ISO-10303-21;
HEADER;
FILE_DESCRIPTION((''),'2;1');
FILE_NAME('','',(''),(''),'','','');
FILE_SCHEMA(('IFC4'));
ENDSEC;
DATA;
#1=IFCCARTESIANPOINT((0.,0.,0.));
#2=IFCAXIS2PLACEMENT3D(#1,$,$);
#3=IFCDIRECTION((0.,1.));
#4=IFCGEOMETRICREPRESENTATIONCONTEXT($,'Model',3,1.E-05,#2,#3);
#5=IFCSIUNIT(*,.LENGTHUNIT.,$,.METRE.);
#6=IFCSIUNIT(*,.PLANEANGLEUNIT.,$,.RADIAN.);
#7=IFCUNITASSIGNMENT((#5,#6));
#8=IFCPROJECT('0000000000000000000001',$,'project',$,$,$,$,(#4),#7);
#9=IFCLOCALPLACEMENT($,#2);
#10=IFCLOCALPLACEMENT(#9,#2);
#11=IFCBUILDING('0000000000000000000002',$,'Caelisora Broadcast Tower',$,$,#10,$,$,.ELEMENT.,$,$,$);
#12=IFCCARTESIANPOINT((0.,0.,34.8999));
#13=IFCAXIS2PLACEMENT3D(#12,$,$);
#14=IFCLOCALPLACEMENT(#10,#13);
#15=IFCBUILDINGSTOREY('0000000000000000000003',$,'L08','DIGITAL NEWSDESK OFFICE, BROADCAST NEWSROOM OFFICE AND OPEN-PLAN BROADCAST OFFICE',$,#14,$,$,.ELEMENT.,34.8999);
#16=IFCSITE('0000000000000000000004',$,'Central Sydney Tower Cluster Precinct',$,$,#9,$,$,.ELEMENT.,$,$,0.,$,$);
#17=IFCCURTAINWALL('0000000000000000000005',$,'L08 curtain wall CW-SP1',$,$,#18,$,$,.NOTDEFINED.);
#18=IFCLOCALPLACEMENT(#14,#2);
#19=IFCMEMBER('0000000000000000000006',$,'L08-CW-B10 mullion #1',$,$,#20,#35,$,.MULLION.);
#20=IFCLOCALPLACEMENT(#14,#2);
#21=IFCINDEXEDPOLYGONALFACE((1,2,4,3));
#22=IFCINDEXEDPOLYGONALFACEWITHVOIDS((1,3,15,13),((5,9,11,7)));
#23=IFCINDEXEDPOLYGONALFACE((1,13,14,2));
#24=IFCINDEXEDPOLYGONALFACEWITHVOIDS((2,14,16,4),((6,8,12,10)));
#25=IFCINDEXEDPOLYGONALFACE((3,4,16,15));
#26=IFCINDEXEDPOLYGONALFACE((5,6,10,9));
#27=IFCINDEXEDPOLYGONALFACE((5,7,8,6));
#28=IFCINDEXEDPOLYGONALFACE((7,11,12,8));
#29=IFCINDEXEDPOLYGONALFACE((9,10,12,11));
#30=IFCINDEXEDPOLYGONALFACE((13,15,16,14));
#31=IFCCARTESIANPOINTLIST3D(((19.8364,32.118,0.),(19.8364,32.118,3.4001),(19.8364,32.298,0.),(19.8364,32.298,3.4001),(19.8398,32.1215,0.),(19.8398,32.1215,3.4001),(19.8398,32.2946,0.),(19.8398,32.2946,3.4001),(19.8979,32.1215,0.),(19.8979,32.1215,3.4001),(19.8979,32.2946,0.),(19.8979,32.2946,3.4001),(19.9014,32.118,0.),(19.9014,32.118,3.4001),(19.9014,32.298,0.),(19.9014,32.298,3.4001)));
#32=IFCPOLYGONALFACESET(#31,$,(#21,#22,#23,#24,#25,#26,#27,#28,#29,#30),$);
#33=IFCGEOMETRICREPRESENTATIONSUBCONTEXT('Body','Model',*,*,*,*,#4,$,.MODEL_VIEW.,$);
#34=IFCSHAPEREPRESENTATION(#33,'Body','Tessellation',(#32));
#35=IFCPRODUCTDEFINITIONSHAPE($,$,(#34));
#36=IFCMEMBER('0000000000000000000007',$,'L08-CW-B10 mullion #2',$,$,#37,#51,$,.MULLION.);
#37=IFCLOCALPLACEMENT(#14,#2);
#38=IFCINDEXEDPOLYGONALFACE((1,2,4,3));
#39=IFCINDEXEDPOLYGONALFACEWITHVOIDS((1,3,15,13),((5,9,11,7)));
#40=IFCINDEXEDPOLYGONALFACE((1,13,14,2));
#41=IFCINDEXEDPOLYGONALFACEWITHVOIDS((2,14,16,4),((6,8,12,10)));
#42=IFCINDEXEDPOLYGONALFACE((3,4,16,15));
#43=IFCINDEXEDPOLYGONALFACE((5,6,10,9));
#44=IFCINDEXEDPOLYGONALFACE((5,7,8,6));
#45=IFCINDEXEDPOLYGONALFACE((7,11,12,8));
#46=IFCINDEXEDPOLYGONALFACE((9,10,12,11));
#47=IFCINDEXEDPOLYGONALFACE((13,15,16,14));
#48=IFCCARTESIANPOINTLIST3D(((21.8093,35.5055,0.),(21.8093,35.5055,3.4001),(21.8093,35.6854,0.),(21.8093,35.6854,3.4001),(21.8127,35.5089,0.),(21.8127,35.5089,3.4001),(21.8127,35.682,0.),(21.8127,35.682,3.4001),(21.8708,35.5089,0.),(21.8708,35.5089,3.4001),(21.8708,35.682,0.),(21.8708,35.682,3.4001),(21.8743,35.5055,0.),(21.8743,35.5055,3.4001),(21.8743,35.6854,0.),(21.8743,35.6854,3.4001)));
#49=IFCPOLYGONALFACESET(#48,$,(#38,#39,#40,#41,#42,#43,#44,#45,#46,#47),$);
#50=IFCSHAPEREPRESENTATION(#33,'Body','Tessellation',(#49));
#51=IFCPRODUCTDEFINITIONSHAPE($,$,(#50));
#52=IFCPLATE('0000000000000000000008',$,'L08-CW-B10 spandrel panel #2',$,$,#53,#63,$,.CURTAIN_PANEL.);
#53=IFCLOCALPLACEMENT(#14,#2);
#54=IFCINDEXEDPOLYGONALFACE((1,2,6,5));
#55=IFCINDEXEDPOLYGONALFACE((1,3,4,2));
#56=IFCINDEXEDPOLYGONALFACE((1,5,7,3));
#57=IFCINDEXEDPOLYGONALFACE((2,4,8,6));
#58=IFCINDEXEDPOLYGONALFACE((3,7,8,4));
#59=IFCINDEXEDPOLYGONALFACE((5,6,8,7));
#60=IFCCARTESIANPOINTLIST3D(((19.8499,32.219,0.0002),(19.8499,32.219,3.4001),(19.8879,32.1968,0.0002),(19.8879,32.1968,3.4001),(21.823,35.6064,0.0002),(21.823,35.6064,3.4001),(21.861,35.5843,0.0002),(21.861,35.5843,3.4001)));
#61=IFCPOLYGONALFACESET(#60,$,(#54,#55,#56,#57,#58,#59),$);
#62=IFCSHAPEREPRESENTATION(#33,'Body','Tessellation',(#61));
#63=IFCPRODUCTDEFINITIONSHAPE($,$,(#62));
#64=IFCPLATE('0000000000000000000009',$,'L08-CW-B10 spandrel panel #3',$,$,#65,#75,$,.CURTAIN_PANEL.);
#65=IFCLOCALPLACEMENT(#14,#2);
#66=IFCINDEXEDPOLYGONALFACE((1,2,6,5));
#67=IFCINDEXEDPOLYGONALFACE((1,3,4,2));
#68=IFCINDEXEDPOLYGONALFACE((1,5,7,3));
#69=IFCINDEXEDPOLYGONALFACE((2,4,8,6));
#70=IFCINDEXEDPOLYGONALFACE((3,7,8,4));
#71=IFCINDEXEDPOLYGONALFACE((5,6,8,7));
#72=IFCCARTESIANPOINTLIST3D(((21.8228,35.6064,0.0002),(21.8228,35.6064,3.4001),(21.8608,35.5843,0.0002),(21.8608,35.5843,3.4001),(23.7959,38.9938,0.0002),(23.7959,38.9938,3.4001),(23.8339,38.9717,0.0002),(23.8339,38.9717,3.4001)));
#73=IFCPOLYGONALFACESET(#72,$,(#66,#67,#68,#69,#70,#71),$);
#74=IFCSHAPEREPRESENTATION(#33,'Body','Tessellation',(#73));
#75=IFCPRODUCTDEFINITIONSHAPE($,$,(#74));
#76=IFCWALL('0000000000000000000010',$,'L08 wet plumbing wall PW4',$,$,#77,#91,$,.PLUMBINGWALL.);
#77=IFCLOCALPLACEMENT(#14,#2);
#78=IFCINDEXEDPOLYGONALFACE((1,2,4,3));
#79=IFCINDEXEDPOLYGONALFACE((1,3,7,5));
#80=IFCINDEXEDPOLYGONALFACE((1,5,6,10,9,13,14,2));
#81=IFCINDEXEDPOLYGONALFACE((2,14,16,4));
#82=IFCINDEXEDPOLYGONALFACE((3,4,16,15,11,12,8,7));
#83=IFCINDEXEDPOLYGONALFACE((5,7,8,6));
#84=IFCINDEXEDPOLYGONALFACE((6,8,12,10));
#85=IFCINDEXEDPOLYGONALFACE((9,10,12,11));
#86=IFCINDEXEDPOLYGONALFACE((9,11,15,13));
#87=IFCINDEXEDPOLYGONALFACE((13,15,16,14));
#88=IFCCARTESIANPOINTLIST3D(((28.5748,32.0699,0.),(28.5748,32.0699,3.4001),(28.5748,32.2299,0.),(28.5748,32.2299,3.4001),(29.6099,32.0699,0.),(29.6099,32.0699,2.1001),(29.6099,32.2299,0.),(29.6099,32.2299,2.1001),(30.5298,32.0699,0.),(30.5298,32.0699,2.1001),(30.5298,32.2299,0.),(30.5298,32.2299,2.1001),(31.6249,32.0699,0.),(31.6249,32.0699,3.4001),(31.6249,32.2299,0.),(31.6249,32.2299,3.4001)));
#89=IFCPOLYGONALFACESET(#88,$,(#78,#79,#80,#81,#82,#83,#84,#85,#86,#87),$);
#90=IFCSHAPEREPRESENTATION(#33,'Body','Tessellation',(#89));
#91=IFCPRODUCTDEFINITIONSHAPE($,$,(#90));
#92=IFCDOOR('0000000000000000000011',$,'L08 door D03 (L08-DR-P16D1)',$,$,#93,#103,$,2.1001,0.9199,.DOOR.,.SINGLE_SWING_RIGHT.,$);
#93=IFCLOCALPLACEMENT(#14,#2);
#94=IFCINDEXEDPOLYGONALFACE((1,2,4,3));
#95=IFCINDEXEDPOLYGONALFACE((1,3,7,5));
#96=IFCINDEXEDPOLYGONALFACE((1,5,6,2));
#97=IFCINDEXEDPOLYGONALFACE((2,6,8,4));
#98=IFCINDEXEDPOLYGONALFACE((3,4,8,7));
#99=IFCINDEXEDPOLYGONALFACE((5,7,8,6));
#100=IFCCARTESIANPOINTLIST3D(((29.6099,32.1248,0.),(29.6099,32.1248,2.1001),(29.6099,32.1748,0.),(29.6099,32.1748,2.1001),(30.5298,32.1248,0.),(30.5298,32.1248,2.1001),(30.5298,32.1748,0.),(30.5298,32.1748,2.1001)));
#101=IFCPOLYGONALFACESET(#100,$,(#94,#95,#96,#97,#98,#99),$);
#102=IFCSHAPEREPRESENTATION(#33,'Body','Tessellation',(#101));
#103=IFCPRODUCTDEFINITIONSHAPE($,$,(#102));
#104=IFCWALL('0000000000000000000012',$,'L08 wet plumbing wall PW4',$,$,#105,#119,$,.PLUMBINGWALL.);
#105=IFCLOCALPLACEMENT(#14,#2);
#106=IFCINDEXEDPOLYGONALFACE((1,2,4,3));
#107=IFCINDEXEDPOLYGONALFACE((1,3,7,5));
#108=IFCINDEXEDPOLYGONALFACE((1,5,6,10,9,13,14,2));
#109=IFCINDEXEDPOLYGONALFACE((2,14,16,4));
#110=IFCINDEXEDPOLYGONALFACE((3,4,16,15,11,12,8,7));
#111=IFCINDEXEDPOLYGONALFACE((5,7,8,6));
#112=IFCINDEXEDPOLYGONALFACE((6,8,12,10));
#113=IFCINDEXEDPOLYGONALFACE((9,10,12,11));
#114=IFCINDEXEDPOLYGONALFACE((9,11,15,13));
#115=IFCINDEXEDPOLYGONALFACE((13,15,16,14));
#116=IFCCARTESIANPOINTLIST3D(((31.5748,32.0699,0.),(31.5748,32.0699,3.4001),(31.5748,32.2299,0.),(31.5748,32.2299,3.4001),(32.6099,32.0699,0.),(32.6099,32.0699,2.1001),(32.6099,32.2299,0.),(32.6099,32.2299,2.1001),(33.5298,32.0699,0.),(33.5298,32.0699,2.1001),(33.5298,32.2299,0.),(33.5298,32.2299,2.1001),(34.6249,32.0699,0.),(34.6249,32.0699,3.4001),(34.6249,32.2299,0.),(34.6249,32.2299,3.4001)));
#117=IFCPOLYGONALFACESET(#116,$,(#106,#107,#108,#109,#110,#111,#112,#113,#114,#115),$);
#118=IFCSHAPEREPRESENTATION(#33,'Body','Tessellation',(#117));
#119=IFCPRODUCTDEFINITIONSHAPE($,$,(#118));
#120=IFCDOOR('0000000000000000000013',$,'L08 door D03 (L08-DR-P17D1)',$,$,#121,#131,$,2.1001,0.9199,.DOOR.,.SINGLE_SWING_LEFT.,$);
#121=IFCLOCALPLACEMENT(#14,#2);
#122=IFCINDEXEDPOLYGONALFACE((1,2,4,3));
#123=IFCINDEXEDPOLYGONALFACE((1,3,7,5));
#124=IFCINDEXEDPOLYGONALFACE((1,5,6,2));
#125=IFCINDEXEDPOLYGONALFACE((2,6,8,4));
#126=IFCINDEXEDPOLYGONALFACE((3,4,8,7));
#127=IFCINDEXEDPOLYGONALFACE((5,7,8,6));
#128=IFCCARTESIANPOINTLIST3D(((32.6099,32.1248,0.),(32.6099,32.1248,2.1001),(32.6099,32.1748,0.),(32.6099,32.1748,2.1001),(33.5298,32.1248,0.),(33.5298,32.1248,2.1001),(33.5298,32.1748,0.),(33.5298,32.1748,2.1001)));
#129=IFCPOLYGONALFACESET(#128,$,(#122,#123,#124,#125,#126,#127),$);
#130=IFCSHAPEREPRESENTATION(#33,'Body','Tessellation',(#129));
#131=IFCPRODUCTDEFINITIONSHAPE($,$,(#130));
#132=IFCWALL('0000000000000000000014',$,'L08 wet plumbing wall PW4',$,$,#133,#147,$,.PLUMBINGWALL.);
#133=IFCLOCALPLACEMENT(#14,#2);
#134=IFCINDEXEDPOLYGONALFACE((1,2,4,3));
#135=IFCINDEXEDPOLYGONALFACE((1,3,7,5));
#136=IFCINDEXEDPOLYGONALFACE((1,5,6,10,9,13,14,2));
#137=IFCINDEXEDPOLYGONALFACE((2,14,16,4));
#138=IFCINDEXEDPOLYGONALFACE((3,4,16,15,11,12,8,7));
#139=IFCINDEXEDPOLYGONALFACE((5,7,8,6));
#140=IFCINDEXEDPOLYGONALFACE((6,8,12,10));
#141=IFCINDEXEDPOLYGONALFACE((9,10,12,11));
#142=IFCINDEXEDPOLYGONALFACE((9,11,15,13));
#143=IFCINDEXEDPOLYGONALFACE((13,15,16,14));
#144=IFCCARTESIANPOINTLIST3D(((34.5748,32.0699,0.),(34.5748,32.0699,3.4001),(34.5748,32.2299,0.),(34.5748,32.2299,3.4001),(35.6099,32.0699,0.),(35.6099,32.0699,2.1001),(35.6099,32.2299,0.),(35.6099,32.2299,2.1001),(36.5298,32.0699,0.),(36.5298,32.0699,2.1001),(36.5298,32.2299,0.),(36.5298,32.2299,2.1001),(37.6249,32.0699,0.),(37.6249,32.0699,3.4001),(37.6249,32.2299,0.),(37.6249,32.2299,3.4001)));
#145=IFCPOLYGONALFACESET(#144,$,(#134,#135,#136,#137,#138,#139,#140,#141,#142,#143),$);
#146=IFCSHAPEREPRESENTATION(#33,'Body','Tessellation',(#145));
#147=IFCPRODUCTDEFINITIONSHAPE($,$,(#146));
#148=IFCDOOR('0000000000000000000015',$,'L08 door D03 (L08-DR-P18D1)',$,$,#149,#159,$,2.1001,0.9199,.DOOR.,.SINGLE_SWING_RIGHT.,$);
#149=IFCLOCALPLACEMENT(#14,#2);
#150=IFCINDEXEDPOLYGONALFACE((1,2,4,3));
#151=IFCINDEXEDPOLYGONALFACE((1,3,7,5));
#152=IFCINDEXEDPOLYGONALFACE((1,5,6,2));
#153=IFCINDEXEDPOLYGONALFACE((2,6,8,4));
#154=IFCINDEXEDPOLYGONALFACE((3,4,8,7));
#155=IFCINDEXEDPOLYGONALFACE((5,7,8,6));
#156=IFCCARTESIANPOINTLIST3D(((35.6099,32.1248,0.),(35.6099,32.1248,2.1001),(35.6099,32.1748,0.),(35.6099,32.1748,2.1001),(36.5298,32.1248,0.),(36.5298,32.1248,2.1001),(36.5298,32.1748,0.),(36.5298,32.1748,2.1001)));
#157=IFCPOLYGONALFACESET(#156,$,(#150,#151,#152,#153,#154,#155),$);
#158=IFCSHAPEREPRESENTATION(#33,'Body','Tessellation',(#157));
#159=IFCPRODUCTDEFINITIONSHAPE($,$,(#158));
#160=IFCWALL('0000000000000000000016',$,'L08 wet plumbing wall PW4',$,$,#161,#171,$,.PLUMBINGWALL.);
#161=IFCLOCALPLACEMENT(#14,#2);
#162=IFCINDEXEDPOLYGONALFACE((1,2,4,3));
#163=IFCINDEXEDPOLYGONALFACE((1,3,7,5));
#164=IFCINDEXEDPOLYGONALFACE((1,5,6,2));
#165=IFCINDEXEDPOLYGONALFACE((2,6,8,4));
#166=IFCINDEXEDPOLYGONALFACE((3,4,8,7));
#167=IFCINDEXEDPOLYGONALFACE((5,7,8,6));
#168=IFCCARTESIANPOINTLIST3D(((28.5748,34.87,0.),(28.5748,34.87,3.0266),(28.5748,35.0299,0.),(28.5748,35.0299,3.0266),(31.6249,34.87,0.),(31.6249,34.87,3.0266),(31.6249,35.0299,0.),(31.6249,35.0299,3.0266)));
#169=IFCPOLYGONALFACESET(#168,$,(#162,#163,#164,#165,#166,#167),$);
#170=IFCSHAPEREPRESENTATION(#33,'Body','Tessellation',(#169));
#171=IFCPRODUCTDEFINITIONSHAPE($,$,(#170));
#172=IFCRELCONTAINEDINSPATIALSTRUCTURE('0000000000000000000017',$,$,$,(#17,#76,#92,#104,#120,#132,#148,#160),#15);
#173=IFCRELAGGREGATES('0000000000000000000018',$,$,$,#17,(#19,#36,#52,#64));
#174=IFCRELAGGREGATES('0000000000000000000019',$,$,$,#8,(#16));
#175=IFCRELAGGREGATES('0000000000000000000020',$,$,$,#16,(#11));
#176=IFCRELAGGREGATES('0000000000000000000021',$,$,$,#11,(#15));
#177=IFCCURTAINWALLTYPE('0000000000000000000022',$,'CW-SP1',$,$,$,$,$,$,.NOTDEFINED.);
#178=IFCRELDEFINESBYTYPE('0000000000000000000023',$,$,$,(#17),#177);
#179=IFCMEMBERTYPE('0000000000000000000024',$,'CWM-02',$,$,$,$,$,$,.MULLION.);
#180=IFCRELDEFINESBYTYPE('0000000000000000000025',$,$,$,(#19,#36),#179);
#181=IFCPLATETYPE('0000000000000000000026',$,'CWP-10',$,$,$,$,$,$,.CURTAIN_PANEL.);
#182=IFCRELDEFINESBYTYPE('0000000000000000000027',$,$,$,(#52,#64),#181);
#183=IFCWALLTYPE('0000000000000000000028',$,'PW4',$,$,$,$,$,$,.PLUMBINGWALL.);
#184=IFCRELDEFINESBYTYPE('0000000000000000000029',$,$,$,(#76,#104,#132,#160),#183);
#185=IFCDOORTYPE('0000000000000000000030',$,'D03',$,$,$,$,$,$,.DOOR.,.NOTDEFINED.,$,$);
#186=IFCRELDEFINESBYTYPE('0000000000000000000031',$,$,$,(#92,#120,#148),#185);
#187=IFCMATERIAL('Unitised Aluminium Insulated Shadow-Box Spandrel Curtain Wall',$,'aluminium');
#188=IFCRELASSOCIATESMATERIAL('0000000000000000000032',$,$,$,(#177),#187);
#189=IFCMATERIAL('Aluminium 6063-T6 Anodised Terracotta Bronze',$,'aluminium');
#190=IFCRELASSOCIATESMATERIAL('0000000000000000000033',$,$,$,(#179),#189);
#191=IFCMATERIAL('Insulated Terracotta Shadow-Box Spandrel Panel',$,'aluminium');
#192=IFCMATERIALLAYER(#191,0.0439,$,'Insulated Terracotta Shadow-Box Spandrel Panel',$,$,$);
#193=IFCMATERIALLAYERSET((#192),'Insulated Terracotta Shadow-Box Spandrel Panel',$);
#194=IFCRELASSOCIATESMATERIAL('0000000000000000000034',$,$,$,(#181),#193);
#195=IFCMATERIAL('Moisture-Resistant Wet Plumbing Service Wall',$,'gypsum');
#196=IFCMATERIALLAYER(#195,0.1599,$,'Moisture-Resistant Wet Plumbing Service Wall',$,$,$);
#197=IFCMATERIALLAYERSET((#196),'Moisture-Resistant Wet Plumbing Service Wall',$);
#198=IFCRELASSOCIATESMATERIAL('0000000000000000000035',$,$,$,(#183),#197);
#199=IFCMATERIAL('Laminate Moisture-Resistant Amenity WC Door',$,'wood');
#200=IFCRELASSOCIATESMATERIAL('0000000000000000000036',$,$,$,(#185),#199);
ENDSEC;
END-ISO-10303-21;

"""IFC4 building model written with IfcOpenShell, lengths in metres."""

from ifc_helpers import new_model, si_unit, direction, frame, frame_2d, origin, origin_2d, place, context, subcontext, project, spatial, rectangle, hollow_rectangle, extrude, source, transform, mapped, material, layer, layer_set, material_profile, profile_set, type_object, type_shapes, element, fill, aggregate, save


model = new_model("IFC4")

# Units and contexts
model_context = context("Model", 3, precision=1e-05, world=origin(), true_north=direction((0.0, 1.0)))
body_context = subcontext(model_context, "Body", "Model", "MODEL_VIEW")
ifc_project = project(units=[si_unit("LENGTHUNIT", "METRE"), si_unit("PLANEANGLEUNIT", "RADIAN")], contexts=[model_context])

# Site, building, storey
site_placement = place(None, origin())
site = spatial("IfcSite", under=ifc_project, at=site_placement, Name="Central Sydney Tower Cluster Precinct", CompositionType="ELEMENT", RefElevation=0.0)
building_placement = place(site_placement, origin())
building = spatial("IfcBuilding", under=site, at=building_placement, Name="Caelisora Broadcast Tower", CompositionType="ELEMENT")
storey_placement = place(building_placement, frame((0.0, 0.0, 34.8999)))
storey = spatial("IfcBuildingStorey", under=building, at=storey_placement, Name="L08", Description="DIGITAL NEWSDESK OFFICE, BROADCAST NEWSROOM OFFICE AND OPEN-PLAN BROADCAST OFFICE", CompositionType="ELEMENT", Elevation=34.8999)

# Curtain wall, members, plates
ifc_material_1 = material(Name="Unitised Aluminium Insulated Shadow-Box Spandrel Curtain Wall", Category="aluminium")
curtain_wall_type = type_object("IfcCurtainWallType", Name="CW-SP1", PredefinedType="NOTDEFINED", material=ifc_material_1)
curtain_wall_placement = place(storey_placement, origin())
curtain_wall = element("IfcCurtainWall", 1, at=curtain_wall_placement, inside=storey, type_object=curtain_wall_type, Name="L08 curtain wall CW-SP1", PredefinedType="NOTDEFINED")
ifc_material_2 = material(Name="Aluminium 6063-T6 Anodised Terracotta Bronze", Category="aluminium")
ifc_material_profile_1 = material_profile(ifc_material_2, hollow_rectangle(XDim=0.0649, YDim=0.1799, WallThickness=0.0034, at=origin_2d()), Name="Aluminium 6063-T6 Anodised Terracotta Bronze")
ifc_profile_set_1 = profile_set([ifc_material_profile_1], Name="Aluminium 6063-T6 Anodised Terracotta Bronze")
member_type_1 = type_object("IfcMemberType", Name="CWM-02", PredefinedType="MULLION", material=ifc_profile_set_1)
shared_shape_1 = source(origin(), body_context, "Body", "SweptSolid", [
    extrude(hollow_rectangle(XDim=0.0649, YDim=0.1799, WallThickness=0.0034, at=origin_2d()), origin(), (0.0, 0.0, 1.0), 3.4001),
])
type_shapes(member_type_1, [shared_shape_1])
member_1_placement = place(storey_placement, frame((19.8689, 32.208, 0.0), z_axis=(0.0, 0.0, 1.0), x_axis=(1.0, 0.0, 0.0)))
member_1 = element("IfcMember", 2, at=member_1_placement, type_object=member_type_1, Name="L08-CW-B10 mullion #1", PredefinedType="MULLION", context=body_context, shape_type="MappedRepresentation", body=[
    mapped(shared_shape_1, transform((0.0, 0.0, 0.0), scale=1.0)),
])
member_2_placement = place(storey_placement, frame((21.8418, 35.5955, 0.0), z_axis=(0.0, 0.0, 1.0), x_axis=(1.0, 0.0, 0.0)))
member_2 = element("IfcMember", 3, at=member_2_placement, type_object=member_type_1, Name="L08-CW-B10 mullion #2", PredefinedType="MULLION", context=body_context, shape_type="MappedRepresentation", body=[
    mapped(shared_shape_1, transform((0.0, 0.0, 0.0), scale=1.0)),
])
ifc_material_3 = material(Name="Insulated Terracotta Shadow-Box Spandrel Panel", Category="aluminium")
ifc_layer_1 = layer(ifc_material_3, 0.0439, Name="Insulated Terracotta Shadow-Box Spandrel Panel")
ifc_layer_set_1 = layer_set([ifc_layer_1], Name="Insulated Terracotta Shadow-Box Spandrel Panel")
plate_type = type_object("IfcPlateType", Name="CWP-10", PredefinedType="CURTAIN_PANEL", material=ifc_layer_set_1)
shared_shape_2 = source(origin(), body_context, "Body", "SweptSolid", [
    extrude(rectangle(XDim=3.9202, YDim=0.0439, at=origin_2d()), origin(), (0.0, 0.0, 1.0), 3.3999),
])
type_shapes(plate_type, [shared_shape_2])
plate_1_placement = place(storey_placement, frame((20.8555, 33.9016, 0.0002), z_axis=(0.0, 0.0, 1.0), x_axis=(0.503322, 0.864099, 0.0)))
plate_1 = element("IfcPlate", 4, at=plate_1_placement, type_object=plate_type, Name="L08-CW-B10 spandrel panel #2", PredefinedType="CURTAIN_PANEL", context=body_context, shape_type="MappedRepresentation", body=[
    mapped(shared_shape_2, transform((0.0, 0.0, 0.0), scale=1.0)),
])
plate_2_placement = place(storey_placement, frame((22.8284, 37.2891, 0.0002), z_axis=(0.0, 0.0, 1.0), x_axis=(0.503322, 0.864099, 0.0)))
plate_2 = element("IfcPlate", 5, at=plate_2_placement, type_object=plate_type, Name="L08-CW-B10 spandrel panel #3", PredefinedType="CURTAIN_PANEL", context=body_context, shape_type="MappedRepresentation", body=[
    mapped(shared_shape_2, transform((0.0, 0.0, 0.0), scale=1.0)),
])
aggregate(curtain_wall, [member_1, member_2, plate_1, plate_2])

# Walls, openings, doors
ifc_material_4 = material(Name="Moisture-Resistant Wet Plumbing Service Wall", Category="gypsum")
ifc_layer_2 = layer(ifc_material_4, 0.1599, Name="Moisture-Resistant Wet Plumbing Service Wall")
ifc_layer_set_2 = layer_set([ifc_layer_2], Name="Moisture-Resistant Wet Plumbing Service Wall")
wall_type = type_object("IfcWallType", Name="PW4", PredefinedType="PLUMBINGWALL", material=ifc_layer_set_2)
wall_1_placement = place(storey_placement, frame((28.575, 32.1499, 0.0), z_axis=(0.0, 0.0, 1.0), x_axis=(1.0, 0.0, 0.0)))
wall_1 = element("IfcWall", 6, at=wall_1_placement, inside=storey, type_object=wall_type, Name="L08 wet plumbing wall PW4", PredefinedType="PLUMBINGWALL", context=body_context, shape_type="SweptSolid", body=[
    extrude(rectangle(XDim=3.05, YDim=0.1599, at=frame_2d((1.5249, 0.0))), origin(), (0.0, 0.0, 1.0), 3.4001),
])
opening_1_placement = place(wall_1_placement, frame((1.0349, 0.0, 0.0)))
opening_1 = element("IfcOpeningElement", 7, at=opening_1_placement, cuts=wall_1, PredefinedType="OPENING", context=body_context, shape_type="SweptSolid", body=[
    extrude(rectangle(XDim=0.9199, YDim=2.1001, at=frame_2d((0.46, 1.05))), frame((0.0, 0.092, 0.0), z_axis=(0.0, -1.0, 0.0), x_axis=(1.0, 0.0, 0.0)), (0.0, 0.0, 1.0), 0.1838),
])
ifc_material_5 = material(Name="Laminate Moisture-Resistant Amenity WC Door", Category="wood")
door_type = type_object("IfcDoorType", Name="D03", OperationType="NOTDEFINED", PredefinedType="DOOR", material=ifc_material_5)
door_1_placement = place(opening_1_placement, origin())
door_1 = element("IfcDoor", 8, at=door_1_placement, inside=storey, type_object=door_type, Name="L08 door D03 (L08-DR-P16D1)", OperationType="SINGLE_SWING_RIGHT", OverallHeight=2.1001, OverallWidth=0.9199, PredefinedType="DOOR", context=body_context, shape_type="SweptSolid", body=[
    extrude(rectangle(XDim=0.9199, YDim=2.1001, at=frame_2d((0.46, 1.05))), frame((0.0, 0.0249, 0.0), z_axis=(0.0, -1.0, 0.0), x_axis=(1.0, 0.0, 0.0)), (0.0, 0.0, 1.0), 0.05),
])
fill(opening_1, door_1)
wall_2_placement = place(storey_placement, frame((31.575, 32.1499, 0.0), z_axis=(0.0, 0.0, 1.0), x_axis=(1.0, 0.0, 0.0)))
wall_2 = element("IfcWall", 9, at=wall_2_placement, inside=storey, type_object=wall_type, Name="L08 wet plumbing wall PW4", PredefinedType="PLUMBINGWALL", context=body_context, shape_type="SweptSolid", body=[
    extrude(rectangle(XDim=3.05, YDim=0.1599, at=frame_2d((1.5249, 0.0))), origin(), (0.0, 0.0, 1.0), 3.4001),
])
opening_2_placement = place(wall_2_placement, frame((1.0349, 0.0, 0.0)))
opening_2 = element("IfcOpeningElement", 10, at=opening_2_placement, cuts=wall_2, PredefinedType="OPENING", context=body_context, shape_type="SweptSolid", body=[
    extrude(rectangle(XDim=0.9199, YDim=2.1001, at=frame_2d((0.46, 1.05))), frame((0.0, 0.092, 0.0), z_axis=(0.0, -1.0, 0.0), x_axis=(1.0, 0.0, 0.0)), (0.0, 0.0, 1.0), 0.1838),
])
door_2_placement = place(opening_2_placement, origin())
door_2 = element("IfcDoor", 11, at=door_2_placement, inside=storey, type_object=door_type, Name="L08 door D03 (L08-DR-P17D1)", OperationType="SINGLE_SWING_LEFT", OverallHeight=2.1001, OverallWidth=0.9199, PredefinedType="DOOR", context=body_context, shape_type="SweptSolid", body=[
    extrude(rectangle(XDim=0.9199, YDim=2.1001, at=frame_2d((0.46, 1.05))), frame((0.0, 0.0249, 0.0), z_axis=(0.0, -1.0, 0.0), x_axis=(1.0, 0.0, 0.0)), (0.0, 0.0, 1.0), 0.05),
])
fill(opening_2, door_2)
wall_3_placement = place(storey_placement, frame((34.575, 32.1499, 0.0), z_axis=(0.0, 0.0, 1.0), x_axis=(1.0, 0.0, 0.0)))
wall_3 = element("IfcWall", 12, at=wall_3_placement, inside=storey, type_object=wall_type, Name="L08 wet plumbing wall PW4", PredefinedType="PLUMBINGWALL", context=body_context, shape_type="SweptSolid", body=[
    extrude(rectangle(XDim=3.05, YDim=0.1599, at=frame_2d((1.5249, 0.0))), origin(), (0.0, 0.0, 1.0), 3.4001),
])
opening_3_placement = place(wall_3_placement, frame((1.0349, 0.0, 0.0)))
opening_3 = element("IfcOpeningElement", 13, at=opening_3_placement, cuts=wall_3, PredefinedType="OPENING", context=body_context, shape_type="SweptSolid", body=[
    extrude(rectangle(XDim=0.9199, YDim=2.1001, at=frame_2d((0.46, 1.05))), frame((0.0, 0.092, 0.0), z_axis=(0.0, -1.0, 0.0), x_axis=(1.0, 0.0, 0.0)), (0.0, 0.0, 1.0), 0.1838),
])
door_3_placement = place(opening_3_placement, origin())
door_3 = element("IfcDoor", 14, at=door_3_placement, inside=storey, type_object=door_type, Name="L08 door D03 (L08-DR-P18D1)", OperationType="SINGLE_SWING_RIGHT", OverallHeight=2.1001, OverallWidth=0.9199, PredefinedType="DOOR", context=body_context, shape_type="SweptSolid", body=[
    extrude(rectangle(XDim=0.9199, YDim=2.1001, at=frame_2d((0.46, 1.05))), frame((0.0, 0.0249, 0.0), z_axis=(0.0, -1.0, 0.0), x_axis=(1.0, 0.0, 0.0)), (0.0, 0.0, 1.0), 0.05),
])
fill(opening_3, door_3)

# Wall
wall_4_placement = place(storey_placement, frame((28.575, 34.95, 0.0), z_axis=(0.0, 0.0, 1.0), x_axis=(1.0, 0.0, 0.0)))
element("IfcWall", 15, at=wall_4_placement, inside=storey, type_object=wall_type, Name="L08 wet plumbing wall PW4", PredefinedType="PLUMBINGWALL", context=body_context, shape_type="SweptSolid", body=[
    extrude(rectangle(XDim=3.05, YDim=0.1599, at=frame_2d((1.5249, 0.0))), origin(), (0.0, 0.0, 1.0), 3.0266),
])

save(model, "model.ifc")
